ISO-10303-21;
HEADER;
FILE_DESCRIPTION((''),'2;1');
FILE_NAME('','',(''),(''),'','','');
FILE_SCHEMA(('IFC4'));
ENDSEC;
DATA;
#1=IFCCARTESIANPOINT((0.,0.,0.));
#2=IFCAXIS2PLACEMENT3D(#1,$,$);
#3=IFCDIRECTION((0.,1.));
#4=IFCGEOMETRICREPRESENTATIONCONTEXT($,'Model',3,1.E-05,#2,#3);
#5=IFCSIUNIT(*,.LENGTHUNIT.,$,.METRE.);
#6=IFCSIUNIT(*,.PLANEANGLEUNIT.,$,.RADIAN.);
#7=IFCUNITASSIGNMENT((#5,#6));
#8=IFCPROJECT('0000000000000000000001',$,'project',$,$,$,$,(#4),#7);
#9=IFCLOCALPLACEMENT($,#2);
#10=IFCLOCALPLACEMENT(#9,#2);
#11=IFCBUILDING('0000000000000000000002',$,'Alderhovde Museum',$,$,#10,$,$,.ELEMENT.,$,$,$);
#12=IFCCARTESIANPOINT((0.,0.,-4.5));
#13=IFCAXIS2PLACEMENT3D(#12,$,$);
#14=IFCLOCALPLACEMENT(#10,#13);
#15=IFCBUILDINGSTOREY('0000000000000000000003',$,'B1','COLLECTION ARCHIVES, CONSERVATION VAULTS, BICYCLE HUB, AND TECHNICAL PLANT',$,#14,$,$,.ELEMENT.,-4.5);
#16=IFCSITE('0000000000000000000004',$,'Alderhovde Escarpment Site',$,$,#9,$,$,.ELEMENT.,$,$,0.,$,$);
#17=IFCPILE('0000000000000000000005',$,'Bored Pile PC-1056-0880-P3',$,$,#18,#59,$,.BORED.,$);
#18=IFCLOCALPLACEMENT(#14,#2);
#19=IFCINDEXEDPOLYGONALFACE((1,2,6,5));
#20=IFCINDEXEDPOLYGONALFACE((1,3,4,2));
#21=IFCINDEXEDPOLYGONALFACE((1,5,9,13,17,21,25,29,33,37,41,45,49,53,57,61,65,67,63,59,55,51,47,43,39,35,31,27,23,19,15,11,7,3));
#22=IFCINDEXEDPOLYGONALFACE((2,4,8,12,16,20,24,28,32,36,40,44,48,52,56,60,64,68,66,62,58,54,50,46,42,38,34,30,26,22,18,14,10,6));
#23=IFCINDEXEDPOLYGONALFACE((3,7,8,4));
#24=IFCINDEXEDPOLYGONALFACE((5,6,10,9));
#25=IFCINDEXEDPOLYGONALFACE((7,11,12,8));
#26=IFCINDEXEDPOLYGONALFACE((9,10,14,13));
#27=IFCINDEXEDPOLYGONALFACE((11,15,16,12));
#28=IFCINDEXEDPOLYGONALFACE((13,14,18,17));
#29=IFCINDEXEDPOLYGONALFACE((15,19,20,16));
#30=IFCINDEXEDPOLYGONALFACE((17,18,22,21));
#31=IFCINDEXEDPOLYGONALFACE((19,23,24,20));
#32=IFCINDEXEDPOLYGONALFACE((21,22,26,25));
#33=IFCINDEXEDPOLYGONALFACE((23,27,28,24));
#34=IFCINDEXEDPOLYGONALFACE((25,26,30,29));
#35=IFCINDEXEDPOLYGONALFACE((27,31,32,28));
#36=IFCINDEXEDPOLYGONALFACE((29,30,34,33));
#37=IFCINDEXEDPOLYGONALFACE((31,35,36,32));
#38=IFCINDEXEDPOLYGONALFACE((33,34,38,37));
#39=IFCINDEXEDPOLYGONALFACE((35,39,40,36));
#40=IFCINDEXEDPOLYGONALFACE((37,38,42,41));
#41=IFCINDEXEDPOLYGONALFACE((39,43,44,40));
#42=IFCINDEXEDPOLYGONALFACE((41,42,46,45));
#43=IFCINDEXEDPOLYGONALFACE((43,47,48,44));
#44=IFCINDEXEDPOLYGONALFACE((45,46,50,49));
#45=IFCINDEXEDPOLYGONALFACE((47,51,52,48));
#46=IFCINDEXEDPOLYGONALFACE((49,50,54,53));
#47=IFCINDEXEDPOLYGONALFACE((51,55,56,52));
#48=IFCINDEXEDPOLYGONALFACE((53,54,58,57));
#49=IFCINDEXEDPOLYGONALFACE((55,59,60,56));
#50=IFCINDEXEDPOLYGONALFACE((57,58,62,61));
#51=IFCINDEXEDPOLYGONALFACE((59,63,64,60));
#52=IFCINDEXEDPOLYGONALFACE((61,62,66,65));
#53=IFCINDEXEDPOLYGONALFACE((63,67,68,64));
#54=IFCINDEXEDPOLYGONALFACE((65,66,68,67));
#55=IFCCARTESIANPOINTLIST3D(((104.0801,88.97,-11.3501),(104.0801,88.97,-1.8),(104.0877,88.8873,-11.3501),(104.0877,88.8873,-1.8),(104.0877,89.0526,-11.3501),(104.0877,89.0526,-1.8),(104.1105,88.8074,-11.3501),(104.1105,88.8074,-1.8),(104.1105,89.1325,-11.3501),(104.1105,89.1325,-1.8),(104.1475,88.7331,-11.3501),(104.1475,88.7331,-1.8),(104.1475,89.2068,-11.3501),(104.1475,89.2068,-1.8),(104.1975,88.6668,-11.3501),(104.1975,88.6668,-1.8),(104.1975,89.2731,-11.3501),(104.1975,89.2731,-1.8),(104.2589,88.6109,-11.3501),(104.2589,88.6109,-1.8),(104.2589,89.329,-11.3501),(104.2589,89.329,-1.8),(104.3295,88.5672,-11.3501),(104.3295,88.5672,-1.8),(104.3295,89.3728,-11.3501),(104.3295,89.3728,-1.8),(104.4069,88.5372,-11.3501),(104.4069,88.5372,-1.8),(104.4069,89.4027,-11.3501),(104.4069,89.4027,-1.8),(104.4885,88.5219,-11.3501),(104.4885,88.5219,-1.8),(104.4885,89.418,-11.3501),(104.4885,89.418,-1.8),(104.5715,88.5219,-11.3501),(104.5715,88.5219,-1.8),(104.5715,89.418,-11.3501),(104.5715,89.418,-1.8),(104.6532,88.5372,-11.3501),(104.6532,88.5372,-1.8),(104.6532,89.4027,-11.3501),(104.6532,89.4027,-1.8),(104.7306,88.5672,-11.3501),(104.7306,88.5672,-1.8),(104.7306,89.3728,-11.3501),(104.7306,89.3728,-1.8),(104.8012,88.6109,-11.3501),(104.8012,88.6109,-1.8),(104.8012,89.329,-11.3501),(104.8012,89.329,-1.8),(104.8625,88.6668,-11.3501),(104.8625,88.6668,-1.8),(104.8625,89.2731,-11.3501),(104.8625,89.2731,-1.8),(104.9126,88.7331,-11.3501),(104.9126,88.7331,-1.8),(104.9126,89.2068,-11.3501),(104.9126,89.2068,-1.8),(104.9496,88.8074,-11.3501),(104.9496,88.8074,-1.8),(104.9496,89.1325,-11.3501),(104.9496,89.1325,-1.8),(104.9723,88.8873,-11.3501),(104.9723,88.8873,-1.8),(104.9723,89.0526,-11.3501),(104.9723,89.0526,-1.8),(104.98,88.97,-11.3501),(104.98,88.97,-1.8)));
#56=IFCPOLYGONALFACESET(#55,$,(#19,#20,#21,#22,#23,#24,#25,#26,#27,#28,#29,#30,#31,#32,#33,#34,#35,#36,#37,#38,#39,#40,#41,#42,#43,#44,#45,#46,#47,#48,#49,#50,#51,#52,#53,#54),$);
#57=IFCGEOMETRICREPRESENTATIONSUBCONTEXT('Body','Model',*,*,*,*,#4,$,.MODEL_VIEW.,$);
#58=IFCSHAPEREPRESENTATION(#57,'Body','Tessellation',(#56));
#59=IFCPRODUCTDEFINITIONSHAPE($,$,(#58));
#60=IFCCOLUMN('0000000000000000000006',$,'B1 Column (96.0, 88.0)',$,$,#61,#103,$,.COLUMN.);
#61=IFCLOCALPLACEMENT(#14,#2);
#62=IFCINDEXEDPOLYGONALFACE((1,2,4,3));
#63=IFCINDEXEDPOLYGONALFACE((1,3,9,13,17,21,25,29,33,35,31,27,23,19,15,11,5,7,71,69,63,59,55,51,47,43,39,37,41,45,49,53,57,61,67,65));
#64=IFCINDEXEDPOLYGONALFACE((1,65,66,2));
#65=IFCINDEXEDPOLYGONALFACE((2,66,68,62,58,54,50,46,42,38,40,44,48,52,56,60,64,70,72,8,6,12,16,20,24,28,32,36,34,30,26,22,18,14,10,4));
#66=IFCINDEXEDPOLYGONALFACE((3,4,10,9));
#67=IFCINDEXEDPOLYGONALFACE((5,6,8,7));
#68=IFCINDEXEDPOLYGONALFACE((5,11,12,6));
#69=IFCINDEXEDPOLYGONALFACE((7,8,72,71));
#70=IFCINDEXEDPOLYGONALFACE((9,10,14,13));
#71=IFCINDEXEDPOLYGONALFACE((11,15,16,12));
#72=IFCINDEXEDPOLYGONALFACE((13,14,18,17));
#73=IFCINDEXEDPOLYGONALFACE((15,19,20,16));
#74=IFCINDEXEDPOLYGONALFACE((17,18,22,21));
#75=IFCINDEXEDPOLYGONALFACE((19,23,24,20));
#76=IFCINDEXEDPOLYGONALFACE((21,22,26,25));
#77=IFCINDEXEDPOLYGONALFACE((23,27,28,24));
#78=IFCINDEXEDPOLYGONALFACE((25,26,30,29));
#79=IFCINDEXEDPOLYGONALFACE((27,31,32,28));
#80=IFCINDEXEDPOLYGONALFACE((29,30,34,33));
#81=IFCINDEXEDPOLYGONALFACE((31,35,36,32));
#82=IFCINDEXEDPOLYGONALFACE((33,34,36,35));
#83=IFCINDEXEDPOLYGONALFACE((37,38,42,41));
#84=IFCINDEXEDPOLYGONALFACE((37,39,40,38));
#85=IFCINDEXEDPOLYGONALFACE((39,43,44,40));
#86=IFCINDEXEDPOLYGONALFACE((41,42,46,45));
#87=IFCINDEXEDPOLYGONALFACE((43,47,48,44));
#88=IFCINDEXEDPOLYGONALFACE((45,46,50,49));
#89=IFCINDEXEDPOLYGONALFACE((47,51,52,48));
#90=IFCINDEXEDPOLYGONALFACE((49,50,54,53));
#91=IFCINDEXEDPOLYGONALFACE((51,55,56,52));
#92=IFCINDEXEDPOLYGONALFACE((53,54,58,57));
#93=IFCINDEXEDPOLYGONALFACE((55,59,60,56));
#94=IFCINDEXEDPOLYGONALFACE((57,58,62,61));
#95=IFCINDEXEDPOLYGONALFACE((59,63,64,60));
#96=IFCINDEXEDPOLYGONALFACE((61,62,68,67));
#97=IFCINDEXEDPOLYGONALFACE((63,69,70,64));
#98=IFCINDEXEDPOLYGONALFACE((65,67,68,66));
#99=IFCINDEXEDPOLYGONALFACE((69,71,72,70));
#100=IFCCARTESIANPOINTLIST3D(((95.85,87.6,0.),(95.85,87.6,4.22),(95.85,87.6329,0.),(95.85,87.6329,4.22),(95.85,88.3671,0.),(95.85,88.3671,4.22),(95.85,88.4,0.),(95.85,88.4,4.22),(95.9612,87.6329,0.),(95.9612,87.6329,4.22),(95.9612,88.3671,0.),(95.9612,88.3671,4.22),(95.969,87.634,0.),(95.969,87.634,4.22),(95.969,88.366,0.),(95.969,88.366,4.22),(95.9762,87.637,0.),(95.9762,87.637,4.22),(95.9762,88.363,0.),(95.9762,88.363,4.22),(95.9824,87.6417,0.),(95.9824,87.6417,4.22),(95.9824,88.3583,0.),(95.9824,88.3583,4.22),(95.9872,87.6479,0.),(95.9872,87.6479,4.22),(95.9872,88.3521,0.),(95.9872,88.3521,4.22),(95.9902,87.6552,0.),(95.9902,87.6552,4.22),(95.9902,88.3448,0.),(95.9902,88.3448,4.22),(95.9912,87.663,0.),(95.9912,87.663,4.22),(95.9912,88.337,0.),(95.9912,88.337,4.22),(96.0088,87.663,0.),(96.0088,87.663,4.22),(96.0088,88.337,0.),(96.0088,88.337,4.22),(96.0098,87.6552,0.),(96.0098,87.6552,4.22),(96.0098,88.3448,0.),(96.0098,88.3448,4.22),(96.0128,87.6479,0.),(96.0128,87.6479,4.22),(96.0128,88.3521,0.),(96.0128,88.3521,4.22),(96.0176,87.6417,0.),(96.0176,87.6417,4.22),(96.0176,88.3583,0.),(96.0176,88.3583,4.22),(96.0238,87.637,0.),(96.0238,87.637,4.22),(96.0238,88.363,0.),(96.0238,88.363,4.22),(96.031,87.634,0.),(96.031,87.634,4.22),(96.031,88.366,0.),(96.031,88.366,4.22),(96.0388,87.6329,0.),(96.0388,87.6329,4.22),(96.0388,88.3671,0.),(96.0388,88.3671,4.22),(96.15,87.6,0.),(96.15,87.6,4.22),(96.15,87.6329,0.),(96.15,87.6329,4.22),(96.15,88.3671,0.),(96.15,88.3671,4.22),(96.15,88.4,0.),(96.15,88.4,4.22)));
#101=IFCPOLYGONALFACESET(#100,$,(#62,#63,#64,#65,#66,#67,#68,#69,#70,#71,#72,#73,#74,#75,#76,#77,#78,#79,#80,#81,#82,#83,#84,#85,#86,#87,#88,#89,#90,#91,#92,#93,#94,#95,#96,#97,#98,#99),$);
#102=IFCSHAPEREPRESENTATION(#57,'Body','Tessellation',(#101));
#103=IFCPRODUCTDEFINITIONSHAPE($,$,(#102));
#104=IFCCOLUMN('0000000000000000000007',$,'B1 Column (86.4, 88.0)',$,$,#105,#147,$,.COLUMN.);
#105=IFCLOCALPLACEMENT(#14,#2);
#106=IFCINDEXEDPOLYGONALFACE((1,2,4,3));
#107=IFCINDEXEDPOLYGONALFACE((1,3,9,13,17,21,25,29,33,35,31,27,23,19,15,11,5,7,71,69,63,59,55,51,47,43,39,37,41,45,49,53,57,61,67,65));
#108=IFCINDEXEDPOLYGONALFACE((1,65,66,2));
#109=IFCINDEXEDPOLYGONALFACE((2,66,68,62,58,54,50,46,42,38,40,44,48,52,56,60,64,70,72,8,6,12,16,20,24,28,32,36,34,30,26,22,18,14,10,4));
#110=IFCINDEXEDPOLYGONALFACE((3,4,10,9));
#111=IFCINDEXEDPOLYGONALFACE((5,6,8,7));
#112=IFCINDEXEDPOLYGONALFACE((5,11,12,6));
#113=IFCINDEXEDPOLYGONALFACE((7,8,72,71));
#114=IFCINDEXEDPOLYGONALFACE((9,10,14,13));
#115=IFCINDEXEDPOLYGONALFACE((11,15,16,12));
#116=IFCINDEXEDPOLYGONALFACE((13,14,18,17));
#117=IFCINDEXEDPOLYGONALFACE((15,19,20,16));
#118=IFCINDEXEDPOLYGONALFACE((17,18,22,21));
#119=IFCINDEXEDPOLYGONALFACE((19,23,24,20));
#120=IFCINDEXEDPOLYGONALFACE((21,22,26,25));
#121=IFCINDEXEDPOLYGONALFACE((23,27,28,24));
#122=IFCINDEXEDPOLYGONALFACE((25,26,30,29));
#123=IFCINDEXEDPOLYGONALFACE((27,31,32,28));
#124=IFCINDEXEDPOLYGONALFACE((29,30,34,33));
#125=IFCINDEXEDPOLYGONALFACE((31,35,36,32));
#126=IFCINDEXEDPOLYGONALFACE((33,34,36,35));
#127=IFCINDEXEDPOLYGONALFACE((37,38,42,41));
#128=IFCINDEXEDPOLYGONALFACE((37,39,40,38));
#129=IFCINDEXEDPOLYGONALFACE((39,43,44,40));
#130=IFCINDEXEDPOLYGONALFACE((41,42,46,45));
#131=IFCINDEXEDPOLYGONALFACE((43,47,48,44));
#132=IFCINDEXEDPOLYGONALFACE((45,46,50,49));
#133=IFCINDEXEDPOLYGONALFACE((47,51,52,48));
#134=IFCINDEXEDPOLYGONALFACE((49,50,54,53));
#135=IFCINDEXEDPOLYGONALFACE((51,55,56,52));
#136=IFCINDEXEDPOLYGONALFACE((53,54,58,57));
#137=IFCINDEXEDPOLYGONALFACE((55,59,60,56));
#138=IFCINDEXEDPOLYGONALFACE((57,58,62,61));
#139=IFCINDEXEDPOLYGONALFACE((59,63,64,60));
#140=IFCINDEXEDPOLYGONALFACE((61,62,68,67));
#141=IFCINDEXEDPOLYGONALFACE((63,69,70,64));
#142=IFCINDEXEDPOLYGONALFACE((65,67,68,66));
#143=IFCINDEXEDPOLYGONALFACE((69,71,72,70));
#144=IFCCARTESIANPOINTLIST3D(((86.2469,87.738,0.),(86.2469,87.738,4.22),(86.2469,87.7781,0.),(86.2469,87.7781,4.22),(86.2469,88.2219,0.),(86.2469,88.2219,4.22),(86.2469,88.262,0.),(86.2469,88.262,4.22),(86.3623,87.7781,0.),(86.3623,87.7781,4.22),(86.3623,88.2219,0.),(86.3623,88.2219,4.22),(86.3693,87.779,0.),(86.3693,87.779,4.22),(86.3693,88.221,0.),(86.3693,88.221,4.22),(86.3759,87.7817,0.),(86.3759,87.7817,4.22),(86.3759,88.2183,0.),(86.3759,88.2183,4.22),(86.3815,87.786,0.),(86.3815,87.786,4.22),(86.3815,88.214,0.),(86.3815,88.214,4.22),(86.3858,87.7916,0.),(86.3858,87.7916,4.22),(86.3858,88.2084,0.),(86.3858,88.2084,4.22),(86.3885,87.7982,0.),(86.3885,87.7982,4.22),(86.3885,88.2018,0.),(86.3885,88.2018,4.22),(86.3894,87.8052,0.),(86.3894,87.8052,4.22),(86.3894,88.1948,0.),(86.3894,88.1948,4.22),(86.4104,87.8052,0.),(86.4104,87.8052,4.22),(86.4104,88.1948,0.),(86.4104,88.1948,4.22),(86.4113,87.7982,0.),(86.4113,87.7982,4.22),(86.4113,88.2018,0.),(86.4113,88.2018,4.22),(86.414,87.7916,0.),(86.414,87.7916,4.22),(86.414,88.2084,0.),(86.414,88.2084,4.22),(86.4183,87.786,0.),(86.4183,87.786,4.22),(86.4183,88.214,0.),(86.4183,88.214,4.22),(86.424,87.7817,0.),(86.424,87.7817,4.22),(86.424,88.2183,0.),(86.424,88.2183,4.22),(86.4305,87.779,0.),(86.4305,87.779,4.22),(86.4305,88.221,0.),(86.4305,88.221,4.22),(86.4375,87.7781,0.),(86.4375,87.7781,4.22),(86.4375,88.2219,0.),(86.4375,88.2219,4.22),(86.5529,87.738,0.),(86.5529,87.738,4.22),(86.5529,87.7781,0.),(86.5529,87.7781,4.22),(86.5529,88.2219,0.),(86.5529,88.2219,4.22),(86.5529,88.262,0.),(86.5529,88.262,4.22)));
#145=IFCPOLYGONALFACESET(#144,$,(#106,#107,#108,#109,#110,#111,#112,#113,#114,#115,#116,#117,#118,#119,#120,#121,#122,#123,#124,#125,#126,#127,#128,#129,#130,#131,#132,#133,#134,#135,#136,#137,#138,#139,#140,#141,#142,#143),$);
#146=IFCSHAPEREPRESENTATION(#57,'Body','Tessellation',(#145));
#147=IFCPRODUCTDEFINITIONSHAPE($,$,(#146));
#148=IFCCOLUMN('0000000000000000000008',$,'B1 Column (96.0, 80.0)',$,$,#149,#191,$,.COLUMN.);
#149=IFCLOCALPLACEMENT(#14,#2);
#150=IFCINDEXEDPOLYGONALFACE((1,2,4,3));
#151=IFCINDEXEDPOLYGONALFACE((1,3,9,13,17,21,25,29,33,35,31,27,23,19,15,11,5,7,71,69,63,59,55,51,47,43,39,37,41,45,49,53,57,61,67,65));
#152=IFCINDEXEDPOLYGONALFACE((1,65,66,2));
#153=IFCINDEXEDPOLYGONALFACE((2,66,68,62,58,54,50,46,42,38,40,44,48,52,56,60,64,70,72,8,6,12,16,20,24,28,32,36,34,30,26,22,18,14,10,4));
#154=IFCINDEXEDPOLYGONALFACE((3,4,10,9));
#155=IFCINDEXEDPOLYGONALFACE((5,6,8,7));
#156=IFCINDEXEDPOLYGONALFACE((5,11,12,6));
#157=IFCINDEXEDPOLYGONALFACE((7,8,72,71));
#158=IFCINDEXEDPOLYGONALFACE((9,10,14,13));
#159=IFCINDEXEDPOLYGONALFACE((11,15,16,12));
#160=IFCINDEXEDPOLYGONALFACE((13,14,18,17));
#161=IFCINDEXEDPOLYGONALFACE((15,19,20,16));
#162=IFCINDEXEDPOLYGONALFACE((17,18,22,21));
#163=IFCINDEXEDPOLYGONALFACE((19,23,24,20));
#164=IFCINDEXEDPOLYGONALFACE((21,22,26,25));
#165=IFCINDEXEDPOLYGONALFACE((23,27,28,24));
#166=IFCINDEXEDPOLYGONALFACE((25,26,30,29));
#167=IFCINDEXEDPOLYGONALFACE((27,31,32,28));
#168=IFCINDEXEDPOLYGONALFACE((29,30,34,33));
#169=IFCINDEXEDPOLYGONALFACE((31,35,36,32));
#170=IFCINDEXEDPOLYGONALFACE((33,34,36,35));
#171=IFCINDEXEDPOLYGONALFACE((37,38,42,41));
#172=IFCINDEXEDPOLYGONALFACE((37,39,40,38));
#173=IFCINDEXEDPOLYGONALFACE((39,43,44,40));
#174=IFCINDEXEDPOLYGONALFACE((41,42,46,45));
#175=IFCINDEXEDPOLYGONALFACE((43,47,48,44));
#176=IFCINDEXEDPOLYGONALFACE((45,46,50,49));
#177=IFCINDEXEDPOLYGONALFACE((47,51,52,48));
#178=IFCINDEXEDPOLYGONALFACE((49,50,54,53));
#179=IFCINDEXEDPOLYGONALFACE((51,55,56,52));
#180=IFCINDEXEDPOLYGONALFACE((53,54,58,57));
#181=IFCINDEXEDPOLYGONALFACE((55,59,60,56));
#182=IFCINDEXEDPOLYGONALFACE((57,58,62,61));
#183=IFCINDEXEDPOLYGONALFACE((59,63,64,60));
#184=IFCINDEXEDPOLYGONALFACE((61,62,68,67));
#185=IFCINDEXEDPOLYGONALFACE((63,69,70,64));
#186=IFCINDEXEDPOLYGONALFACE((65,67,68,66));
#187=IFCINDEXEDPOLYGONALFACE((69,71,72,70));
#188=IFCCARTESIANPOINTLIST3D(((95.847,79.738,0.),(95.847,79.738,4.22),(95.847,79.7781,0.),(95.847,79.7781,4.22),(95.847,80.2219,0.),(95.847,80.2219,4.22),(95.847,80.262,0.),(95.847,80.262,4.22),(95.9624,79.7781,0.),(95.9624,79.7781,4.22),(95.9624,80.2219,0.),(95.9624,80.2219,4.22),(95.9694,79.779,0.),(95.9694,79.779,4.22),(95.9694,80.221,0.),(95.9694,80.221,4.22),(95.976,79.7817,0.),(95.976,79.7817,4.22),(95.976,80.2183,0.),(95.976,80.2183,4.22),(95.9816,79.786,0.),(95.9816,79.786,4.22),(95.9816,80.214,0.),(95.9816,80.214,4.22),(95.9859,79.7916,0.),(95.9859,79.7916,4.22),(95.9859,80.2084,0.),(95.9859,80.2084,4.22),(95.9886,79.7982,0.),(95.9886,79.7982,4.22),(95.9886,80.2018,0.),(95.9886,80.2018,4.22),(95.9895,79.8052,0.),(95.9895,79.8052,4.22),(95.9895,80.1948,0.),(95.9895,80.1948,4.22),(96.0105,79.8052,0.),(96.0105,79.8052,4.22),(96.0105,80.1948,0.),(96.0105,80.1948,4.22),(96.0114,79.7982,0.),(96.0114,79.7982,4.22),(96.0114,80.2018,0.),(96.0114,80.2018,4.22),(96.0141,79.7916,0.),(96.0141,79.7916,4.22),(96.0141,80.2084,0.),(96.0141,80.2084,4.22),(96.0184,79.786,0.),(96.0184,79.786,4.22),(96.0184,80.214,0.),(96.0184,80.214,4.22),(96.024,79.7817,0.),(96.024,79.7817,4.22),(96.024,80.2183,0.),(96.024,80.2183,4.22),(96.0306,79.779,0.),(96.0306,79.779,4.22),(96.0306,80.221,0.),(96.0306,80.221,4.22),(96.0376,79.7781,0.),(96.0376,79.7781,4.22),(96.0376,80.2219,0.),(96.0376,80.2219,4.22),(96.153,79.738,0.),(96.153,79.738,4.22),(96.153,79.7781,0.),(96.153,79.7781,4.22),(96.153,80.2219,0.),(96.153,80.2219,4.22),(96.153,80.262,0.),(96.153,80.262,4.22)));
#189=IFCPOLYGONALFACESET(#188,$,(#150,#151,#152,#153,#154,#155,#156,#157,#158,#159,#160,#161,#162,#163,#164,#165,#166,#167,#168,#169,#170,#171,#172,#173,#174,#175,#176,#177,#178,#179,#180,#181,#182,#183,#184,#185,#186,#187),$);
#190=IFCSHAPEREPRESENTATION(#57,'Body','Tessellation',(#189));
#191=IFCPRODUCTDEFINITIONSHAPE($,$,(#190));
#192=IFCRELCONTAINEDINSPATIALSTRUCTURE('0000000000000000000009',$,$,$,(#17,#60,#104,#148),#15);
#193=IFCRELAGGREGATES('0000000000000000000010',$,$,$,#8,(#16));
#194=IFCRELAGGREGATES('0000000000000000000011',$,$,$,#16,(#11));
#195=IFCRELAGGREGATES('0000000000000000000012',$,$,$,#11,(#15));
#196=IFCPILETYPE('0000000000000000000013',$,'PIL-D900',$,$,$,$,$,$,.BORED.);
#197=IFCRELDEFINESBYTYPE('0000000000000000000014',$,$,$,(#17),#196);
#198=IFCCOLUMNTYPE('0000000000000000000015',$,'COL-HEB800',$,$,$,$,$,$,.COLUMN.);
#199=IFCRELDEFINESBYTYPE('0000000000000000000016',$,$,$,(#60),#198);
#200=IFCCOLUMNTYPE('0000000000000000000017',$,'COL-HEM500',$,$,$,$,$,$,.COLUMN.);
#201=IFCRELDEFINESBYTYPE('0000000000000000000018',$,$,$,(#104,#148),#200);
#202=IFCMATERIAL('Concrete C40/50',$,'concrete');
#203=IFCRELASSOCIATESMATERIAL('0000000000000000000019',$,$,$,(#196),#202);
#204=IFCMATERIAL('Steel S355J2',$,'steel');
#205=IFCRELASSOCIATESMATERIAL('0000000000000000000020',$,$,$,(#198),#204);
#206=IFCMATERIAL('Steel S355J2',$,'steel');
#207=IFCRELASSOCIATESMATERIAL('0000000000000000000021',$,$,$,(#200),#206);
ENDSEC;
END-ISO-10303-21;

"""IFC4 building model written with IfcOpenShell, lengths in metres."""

from ifc_helpers import new_model, si_unit, direction, frame, origin, origin_2d, place, context, subcontext, project, spatial, circle, i_section, extrude, material, material_profile, profile_set, type_object, element, save


model = new_model("IFC4")

# Units and contexts
model_context = context("Model", 3, precision=1e-05, world=origin(), true_north=direction((0.0, 1.0)))
body_context = subcontext(model_context, "Body", "Model", "MODEL_VIEW")
ifc_project = project(units=[si_unit("LENGTHUNIT", "METRE"), si_unit("PLANEANGLEUNIT", "RADIAN")], contexts=[model_context])

# Site, building, storey
site_placement = place(None, origin())
site = spatial("IfcSite", under=ifc_project, at=site_placement, Name="Alderhovde Escarpment Site", CompositionType="ELEMENT", RefElevation=0.0)
building_placement = place(site_placement, origin())
building = spatial("IfcBuilding", under=site, at=building_placement, Name="Alderhovde Museum", CompositionType="ELEMENT")
storey_placement = place(building_placement, frame((0.0, 0.0, -4.5)))
storey = spatial("IfcBuildingStorey", under=building, at=storey_placement, Name="B1", Description="COLLECTION ARCHIVES, CONSERVATION VAULTS, BICYCLE HUB, AND TECHNICAL PLANT", CompositionType="ELEMENT", Elevation=-4.5)

# Pile
ifc_material_1 = material(Name="Concrete C40/50", Category="concrete")
ifc_material_profile_1 = material_profile(ifc_material_1, circle(Radius=0.45, at=origin_2d()), Name="PILE-D900")
ifc_profile_set_1 = profile_set([ifc_material_profile_1], Name="Concrete C40/50")
pile_type_1 = type_object("IfcPileType", Name="PIL-D900", PredefinedType="BORED", material=ifc_profile_set_1)
for number, where, z_axis, x_axis, name in (
    (1, (104.53, 88.97, -1.8), (0.0, 0.0, -1.0), (1.0, 0.0, 0.0), "Bored Pile PC-1056-0880-P3"),
):
    element("IfcPile", number, at=place(storey_placement, frame(where, z_axis=z_axis, x_axis=x_axis)), inside=storey, type_object=pile_type_1, Name=name, PredefinedType="BORED", context=body_context, shape_type="SweptSolid", body=[
        extrude(circle(Radius=0.45, at=origin_2d()), origin(), (0.0, 0.0, 1.0), 9.55),
    ])

# Columns
ifc_material_2 = material(Name="Steel S355J2", Category="steel")
ifc_material_profile_2 = material_profile(ifc_material_2, i_section(OverallWidth=0.3, OverallDepth=0.8, WebThickness=0.0176, FlangeThickness=0.033, FilletRadius=0.03, at=origin_2d()), Name="HEB 800")
ifc_profile_set_2 = profile_set([ifc_material_profile_2], Name="Steel S355J2")
column_type_1 = type_object("IfcColumnType", Name="COL-HEB800", PredefinedType="COLUMN", material=ifc_profile_set_2)
column_1_placement = place(storey_placement, frame((96.0, 88.0, 0.0), z_axis=(0.0, 0.0, 1.0), x_axis=(1.0, 0.0, 0.0)))
element("IfcColumn", 2, at=column_1_placement, inside=storey, type_object=column_type_1, Name="B1 Column (96.0, 88.0)", PredefinedType="COLUMN", context=body_context, shape_type="SweptSolid", body=[
    extrude(i_section(OverallWidth=0.3, OverallDepth=0.8, WebThickness=0.0176, FlangeThickness=0.033, FilletRadius=0.03, at=origin_2d()), origin(), (0.0, 0.0, 1.0), 4.22),
])
ifc_material_3 = material(Name="Steel S355J2", Category="steel")
ifc_material_profile_3 = material_profile(ifc_material_3, i_section(OverallWidth=0.3059, OverallDepth=0.5239, WebThickness=0.021, FlangeThickness=0.04, FilletRadius=0.0271, at=origin_2d()), Name="HEM 500")
ifc_profile_set_3 = profile_set([ifc_material_profile_3], Name="Steel S355J2")
column_type_2 = type_object("IfcColumnType", Name="COL-HEM500", PredefinedType="COLUMN", material=ifc_profile_set_3)
for number, where, z_axis, x_axis, name in (
    (3, (86.3999, 88.0, 0.0), (0.0, 0.0, 1.0), (1.0, 0.0, 0.0), "B1 Column (86.4, 88.0)"),
    (4, (96.0, 80.0, 0.0), (0.0, 0.0, 1.0), (1.0, 0.0, 0.0), "B1 Column (96.0, 80.0)"),
):
    element("IfcColumn", number, at=place(storey_placement, frame(where, z_axis=z_axis, x_axis=x_axis)), inside=storey, type_object=column_type_2, Name=name, PredefinedType="COLUMN", context=body_context, shape_type="SweptSolid", body=[
        extrude(i_section(OverallWidth=0.3059, OverallDepth=0.5239, WebThickness=0.021, FlangeThickness=0.04, FilletRadius=0.0271, at=origin_2d()), origin(), (0.0, 0.0, 1.0), 4.22),
    ])

save(model, "model.ifc")
